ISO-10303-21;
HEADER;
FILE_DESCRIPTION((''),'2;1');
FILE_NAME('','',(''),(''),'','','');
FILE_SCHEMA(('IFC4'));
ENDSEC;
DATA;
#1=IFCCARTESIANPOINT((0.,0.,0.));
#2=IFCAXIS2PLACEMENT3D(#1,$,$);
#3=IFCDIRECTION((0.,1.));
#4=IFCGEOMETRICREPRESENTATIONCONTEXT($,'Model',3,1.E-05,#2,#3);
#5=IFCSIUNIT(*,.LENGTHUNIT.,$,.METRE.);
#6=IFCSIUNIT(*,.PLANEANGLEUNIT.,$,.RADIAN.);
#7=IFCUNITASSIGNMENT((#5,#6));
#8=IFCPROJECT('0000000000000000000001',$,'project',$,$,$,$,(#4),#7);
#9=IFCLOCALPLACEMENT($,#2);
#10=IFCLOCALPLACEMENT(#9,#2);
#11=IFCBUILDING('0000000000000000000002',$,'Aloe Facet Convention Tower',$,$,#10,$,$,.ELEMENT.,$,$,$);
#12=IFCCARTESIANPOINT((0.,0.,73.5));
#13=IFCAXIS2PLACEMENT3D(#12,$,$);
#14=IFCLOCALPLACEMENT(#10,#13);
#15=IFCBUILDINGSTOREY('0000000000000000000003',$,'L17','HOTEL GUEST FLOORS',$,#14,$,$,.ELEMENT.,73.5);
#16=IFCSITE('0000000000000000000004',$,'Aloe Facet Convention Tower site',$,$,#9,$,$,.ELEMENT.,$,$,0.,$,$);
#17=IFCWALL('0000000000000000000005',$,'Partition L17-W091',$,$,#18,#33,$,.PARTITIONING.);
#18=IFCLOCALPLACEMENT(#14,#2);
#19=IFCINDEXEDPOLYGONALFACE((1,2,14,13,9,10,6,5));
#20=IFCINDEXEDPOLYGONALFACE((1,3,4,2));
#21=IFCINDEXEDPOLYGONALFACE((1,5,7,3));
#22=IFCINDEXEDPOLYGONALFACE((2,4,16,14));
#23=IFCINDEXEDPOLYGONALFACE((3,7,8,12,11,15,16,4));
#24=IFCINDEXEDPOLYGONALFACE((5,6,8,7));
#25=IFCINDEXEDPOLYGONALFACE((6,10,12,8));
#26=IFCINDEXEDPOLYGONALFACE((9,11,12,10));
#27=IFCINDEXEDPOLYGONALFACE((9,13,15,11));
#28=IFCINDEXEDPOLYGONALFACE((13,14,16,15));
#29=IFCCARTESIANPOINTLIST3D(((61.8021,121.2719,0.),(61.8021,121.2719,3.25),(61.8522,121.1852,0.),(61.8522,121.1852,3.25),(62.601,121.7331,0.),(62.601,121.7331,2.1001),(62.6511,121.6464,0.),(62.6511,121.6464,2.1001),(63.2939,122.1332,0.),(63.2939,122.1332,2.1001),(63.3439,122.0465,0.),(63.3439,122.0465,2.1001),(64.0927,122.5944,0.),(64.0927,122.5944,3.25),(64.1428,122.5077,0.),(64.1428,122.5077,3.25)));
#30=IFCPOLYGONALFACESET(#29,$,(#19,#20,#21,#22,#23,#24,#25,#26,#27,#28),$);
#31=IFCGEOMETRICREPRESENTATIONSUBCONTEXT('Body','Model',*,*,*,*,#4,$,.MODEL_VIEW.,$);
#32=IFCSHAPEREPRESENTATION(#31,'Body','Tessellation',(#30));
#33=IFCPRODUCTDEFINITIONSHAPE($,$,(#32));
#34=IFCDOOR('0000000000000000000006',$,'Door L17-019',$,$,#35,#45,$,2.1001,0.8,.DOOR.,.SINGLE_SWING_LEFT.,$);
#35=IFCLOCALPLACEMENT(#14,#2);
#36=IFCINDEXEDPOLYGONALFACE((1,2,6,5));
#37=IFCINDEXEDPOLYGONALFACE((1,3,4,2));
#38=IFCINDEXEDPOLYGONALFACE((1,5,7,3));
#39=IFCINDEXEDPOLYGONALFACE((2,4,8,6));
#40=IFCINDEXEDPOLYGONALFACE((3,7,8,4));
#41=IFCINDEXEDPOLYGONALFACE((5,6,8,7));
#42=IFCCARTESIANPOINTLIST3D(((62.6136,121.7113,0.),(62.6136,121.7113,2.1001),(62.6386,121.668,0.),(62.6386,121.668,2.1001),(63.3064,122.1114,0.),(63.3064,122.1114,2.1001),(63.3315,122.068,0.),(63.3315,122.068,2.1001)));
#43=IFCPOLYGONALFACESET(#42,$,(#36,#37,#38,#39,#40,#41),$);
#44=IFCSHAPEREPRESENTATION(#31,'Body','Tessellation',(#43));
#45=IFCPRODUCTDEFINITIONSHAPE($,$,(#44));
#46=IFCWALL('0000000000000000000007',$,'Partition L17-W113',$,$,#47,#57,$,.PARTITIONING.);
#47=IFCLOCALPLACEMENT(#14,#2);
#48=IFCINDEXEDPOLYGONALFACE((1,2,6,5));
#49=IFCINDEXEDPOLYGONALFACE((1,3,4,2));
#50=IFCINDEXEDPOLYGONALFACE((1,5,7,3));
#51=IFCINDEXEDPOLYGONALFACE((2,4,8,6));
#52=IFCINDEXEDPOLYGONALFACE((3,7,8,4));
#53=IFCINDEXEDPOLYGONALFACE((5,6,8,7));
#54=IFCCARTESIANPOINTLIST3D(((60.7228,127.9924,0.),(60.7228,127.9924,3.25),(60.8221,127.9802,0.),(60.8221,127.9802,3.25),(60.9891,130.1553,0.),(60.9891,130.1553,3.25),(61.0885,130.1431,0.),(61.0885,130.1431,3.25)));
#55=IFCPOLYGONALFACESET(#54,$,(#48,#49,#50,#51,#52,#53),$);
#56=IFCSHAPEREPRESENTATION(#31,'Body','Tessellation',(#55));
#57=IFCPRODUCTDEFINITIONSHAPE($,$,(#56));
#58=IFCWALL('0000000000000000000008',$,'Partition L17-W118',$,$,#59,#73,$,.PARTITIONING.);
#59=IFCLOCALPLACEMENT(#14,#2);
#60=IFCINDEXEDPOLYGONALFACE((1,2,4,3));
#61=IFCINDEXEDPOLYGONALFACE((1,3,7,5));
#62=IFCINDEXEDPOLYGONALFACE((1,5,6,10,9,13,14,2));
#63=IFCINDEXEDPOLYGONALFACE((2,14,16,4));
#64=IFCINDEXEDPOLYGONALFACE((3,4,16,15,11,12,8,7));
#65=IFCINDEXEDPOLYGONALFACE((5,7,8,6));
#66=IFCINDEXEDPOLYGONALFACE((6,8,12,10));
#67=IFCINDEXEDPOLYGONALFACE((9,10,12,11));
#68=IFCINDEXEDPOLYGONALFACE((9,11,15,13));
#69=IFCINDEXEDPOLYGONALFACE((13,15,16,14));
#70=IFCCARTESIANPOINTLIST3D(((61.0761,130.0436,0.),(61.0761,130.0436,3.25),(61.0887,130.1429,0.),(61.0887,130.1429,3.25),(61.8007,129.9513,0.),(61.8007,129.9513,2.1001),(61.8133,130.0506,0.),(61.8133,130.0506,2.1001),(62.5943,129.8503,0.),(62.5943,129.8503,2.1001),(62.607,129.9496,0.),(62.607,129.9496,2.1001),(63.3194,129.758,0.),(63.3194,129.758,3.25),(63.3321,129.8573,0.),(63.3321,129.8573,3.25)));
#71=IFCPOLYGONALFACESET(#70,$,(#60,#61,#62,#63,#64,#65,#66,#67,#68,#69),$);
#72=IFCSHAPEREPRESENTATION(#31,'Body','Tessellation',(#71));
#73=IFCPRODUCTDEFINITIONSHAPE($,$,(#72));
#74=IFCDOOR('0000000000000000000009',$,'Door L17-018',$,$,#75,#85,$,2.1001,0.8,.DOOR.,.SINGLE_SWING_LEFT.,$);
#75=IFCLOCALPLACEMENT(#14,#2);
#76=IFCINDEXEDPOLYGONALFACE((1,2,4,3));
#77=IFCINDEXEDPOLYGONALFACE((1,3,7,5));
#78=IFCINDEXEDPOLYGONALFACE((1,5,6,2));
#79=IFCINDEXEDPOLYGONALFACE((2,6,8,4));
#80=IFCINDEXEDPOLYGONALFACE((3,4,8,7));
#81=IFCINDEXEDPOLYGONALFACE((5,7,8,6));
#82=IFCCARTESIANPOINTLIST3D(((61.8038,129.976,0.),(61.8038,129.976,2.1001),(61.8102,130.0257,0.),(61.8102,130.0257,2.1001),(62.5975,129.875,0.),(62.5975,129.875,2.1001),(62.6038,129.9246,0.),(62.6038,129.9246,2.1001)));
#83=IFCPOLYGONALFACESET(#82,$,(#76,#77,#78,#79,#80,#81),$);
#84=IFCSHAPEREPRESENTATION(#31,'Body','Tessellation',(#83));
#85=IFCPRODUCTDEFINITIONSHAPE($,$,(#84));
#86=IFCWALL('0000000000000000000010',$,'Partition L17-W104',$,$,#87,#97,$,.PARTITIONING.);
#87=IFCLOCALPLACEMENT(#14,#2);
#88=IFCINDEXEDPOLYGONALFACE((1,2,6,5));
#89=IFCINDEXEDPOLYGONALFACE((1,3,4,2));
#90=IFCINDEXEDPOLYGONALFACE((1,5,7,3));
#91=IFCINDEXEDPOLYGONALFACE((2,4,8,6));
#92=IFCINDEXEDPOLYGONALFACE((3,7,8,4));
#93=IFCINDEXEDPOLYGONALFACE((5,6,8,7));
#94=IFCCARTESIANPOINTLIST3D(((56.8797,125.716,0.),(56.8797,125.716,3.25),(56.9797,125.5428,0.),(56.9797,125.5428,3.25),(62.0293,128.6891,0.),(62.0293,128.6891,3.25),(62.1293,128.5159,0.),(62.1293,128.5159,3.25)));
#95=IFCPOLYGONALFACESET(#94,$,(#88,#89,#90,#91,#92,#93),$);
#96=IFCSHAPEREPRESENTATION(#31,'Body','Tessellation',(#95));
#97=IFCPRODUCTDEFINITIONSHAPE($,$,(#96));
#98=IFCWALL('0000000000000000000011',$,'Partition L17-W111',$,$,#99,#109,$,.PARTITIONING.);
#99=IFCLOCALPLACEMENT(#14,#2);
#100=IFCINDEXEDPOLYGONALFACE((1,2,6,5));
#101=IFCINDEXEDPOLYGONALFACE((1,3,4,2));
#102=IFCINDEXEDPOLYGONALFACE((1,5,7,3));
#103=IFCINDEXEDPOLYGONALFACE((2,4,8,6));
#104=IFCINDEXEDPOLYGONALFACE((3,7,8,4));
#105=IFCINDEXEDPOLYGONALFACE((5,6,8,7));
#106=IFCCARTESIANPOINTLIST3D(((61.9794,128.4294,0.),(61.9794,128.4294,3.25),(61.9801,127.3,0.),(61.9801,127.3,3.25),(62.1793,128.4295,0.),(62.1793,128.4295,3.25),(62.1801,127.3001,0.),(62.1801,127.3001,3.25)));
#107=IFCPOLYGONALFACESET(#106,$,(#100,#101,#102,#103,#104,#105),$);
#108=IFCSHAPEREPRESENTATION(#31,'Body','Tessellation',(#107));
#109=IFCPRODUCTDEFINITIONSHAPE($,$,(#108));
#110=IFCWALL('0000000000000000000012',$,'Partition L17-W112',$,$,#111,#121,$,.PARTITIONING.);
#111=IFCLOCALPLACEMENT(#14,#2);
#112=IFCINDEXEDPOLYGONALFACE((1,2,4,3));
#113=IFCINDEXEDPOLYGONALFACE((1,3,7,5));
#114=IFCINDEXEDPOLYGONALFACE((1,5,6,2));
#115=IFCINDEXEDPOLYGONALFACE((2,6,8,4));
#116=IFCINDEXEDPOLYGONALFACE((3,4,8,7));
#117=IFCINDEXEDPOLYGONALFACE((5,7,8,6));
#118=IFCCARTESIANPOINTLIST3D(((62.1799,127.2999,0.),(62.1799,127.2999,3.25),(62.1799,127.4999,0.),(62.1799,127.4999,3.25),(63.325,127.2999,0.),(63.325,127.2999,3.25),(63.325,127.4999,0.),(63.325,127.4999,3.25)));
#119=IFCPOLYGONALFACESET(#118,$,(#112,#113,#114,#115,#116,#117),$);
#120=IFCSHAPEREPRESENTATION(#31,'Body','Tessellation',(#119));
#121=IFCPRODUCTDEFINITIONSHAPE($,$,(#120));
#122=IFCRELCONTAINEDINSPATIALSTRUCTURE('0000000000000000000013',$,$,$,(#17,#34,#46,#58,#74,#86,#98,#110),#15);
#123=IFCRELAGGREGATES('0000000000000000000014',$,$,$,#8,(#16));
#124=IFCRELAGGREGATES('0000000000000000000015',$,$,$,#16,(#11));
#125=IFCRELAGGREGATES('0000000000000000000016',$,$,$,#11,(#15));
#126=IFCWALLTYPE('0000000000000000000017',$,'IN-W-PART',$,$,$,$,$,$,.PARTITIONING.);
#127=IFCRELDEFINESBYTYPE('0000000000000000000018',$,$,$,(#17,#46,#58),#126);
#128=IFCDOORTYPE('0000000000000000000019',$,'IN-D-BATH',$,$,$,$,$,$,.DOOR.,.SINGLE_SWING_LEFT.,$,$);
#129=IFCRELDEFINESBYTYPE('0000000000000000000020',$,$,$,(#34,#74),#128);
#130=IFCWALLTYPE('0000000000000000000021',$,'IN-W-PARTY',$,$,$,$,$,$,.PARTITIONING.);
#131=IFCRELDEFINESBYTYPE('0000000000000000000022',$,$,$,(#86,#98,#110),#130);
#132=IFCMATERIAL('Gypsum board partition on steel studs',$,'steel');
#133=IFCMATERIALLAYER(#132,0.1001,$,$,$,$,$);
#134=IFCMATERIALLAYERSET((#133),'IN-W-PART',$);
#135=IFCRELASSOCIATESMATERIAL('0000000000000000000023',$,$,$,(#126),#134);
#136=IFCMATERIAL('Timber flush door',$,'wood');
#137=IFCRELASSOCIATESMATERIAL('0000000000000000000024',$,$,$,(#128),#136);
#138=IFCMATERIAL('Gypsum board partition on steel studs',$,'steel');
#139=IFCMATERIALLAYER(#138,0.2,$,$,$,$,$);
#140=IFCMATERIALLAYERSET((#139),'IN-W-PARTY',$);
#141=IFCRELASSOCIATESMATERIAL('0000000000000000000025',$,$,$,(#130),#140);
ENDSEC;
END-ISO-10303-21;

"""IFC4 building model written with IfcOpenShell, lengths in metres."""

from ifc_helpers import new_model, si_unit, direction, frame, frame_2d, origin, place, context, subcontext, project, spatial, rectangle, extrude, material, layer, layer_set, type_object, element, fill, save


model = new_model("IFC4")

# Units and contexts
model_context = context("Model", 3, precision=1e-05, world=origin(), true_north=direction((0.0, 1.0)))
body_context = subcontext(model_context, "Body", "Model", "MODEL_VIEW")
ifc_project = project(units=[si_unit("LENGTHUNIT", "METRE"), si_unit("PLANEANGLEUNIT", "RADIAN")], contexts=[model_context])

# Site, building, storey
site_placement = place(None, origin())
site = spatial("IfcSite", under=ifc_project, at=site_placement, Name="Aloe Facet Convention Tower site", CompositionType="ELEMENT", RefElevation=0.0)
building_placement = place(site_placement, origin())
building = spatial("IfcBuilding", under=site, at=building_placement, Name="Aloe Facet Convention Tower", CompositionType="ELEMENT")
storey_placement = place(building_placement, frame((0.0, 0.0, 73.5)))
storey = spatial("IfcBuildingStorey", under=building, at=storey_placement, Name="L17", Description="HOTEL GUEST FLOORS", CompositionType="ELEMENT", Elevation=73.5)

# Shared definitions
ifc_material_1 = material(Name="Gypsum board partition on steel studs", Category="steel")
ifc_layer_1 = layer(ifc_material_1, 0.1001)
ifc_layer_set_1 = layer_set([ifc_layer_1], Name="IN-W-PART")
wall_type_1 = type_object("IfcWallType", Name="IN-W-PART", PredefinedType="PARTITIONING", material=ifc_layer_set_1)

# Wall, opening, door
wall_1_placement = place(storey_placement, frame((61.8271, 121.2285, 0.0), z_axis=(0.0, 0.0, 1.0), x_axis=(0.866013, 0.500021, 0.0)))
wall_1 = element("IfcWall", 1, at=wall_1_placement, inside=storey, type_object=wall_type_1, Name="Partition L17-W091", PredefinedType="PARTITIONING", context=body_context, shape_type="SweptSolid", body=[
    extrude(rectangle(XDim=2.645, YDim=0.1001, at=frame_2d((1.3225, 0.0))), origin(), (0.0, 0.0, 1.0), 3.25),
])
opening_1_placement = place(wall_1_placement, frame((0.9226, 0.0, 0.0)))
opening_1 = element("IfcOpeningElement", 2, at=opening_1_placement, cuts=wall_1, PredefinedType="OPENING", context=body_context, shape_type="SweptSolid", body=[
    extrude(rectangle(XDim=0.8, YDim=2.1001, at=frame_2d((0.3999, 1.05))), frame((0.0, 0.0601, 0.0), z_axis=(0.0, -1.0, 0.0), x_axis=(1.0, 0.0, 0.0)), (0.0, 0.0, 1.0), 0.1201),
])
ifc_material_2 = material(Name="Timber flush door", Category="wood")
door_type_1 = type_object("IfcDoorType", Name="IN-D-BATH", OperationType="SINGLE_SWING_LEFT", PredefinedType="DOOR", material=ifc_material_2)
door_1_placement = place(opening_1_placement, origin())
door_1 = element("IfcDoor", 3, at=door_1_placement, inside=storey, type_object=door_type_1, Name="Door L17-019", OperationType="SINGLE_SWING_LEFT", OverallHeight=2.1001, OverallWidth=0.8, PredefinedType="DOOR", context=body_context, shape_type="SweptSolid", body=[
    extrude(rectangle(XDim=0.8, YDim=2.1001, at=frame_2d((0.3999, 1.05))), frame((0.0, 0.0249, 0.0), z_axis=(0.0, -1.0, 0.0), x_axis=(1.0, 0.0, 0.0)), (0.0, 0.0, 1.0), 0.05),
])
fill(opening_1, door_1)

# Wall
wall_2_placement = place(storey_placement, frame((60.7725, 127.9863, 0.0), z_axis=(0.0, 0.0, 1.0), x_axis=(0.122228, 0.992502, 0.0)))
element("IfcWall", 4, at=wall_2_placement, inside=storey, type_object=wall_type_1, Name="Partition L17-W113", PredefinedType="PARTITIONING", context=body_context, shape_type="SweptSolid", body=[
    extrude(rectangle(XDim=2.1792, YDim=0.1001, at=frame_2d((1.0896, 0.0))), origin(), (0.0, 0.0, 1.0), 3.25),
])

# Wall, opening, door
wall_3_placement = place(storey_placement, frame((61.0823, 130.0933, 0.0), z_axis=(0.0, 0.0, 1.0), x_axis=(0.991991, -0.126306, 0.0)))
wall_3 = element("IfcWall", 5, at=wall_3_placement, inside=storey, type_object=wall_type_1, Name="Partition L17-W118", PredefinedType="PARTITIONING", context=body_context, shape_type="SweptSolid", body=[
    extrude(rectangle(XDim=2.2615, YDim=0.1001, at=frame_2d((1.1309, 0.0))), origin(), (0.0, 0.0, 1.0), 3.25),
])
opening_2_placement = place(wall_3_placement, frame((0.7307, 0.0, 0.0)))
opening_2 = element("IfcOpeningElement", 6, at=opening_2_placement, cuts=wall_3, PredefinedType="OPENING", context=body_context, shape_type="SweptSolid", body=[
    extrude(rectangle(XDim=0.8, YDim=2.1001, at=frame_2d((0.3999, 1.05))), frame((0.0, 0.0601, 0.0), z_axis=(0.0, -1.0, 0.0), x_axis=(1.0, 0.0, 0.0)), (0.0, 0.0, 1.0), 0.1201),
])
door_2_placement = place(opening_2_placement, origin())
door_2 = element("IfcDoor", 7, at=door_2_placement, inside=storey, type_object=door_type_1, Name="Door L17-018", OperationType="SINGLE_SWING_LEFT", OverallHeight=2.1001, OverallWidth=0.8, PredefinedType="DOOR", context=body_context, shape_type="SweptSolid", body=[
    extrude(rectangle(XDim=0.8, YDim=2.1001, at=frame_2d((0.3999, 1.05))), frame((0.0, 0.0249, 0.0), z_axis=(0.0, -1.0, 0.0), x_axis=(1.0, 0.0, 0.0)), (0.0, 0.0, 1.0), 0.05),
])
fill(opening_2, door_2)

# Walls
ifc_material_3 = material(Name="Gypsum board partition on steel studs", Category="steel")
ifc_layer_2 = layer(ifc_material_3, 0.2)
ifc_layer_set_2 = layer_set([ifc_layer_2], Name="IN-W-PARTY")
wall_type_2 = type_object("IfcWallType", Name="IN-W-PARTY", PredefinedType="PARTITIONING", material=ifc_layer_set_2)
wall_4_placement = place(storey_placement, frame((56.9297, 125.6294, 0.0), z_axis=(0.0, 0.0, 1.0), x_axis=(0.866026, 0.499998, 0.0)))
element("IfcWall", 8, at=wall_4_placement, inside=storey, type_object=wall_type_2, Name="Partition L17-W104", PredefinedType="PARTITIONING", context=body_context, shape_type="SweptSolid", body=[
    extrude(rectangle(XDim=5.9463, YDim=0.2, at=frame_2d((2.9731, 0.0))), origin(), (0.0, 0.0, 1.0), 3.25),
])
wall_5_placement = place(storey_placement, frame((62.0801, 127.3, 0.0), z_axis=(0.0, 0.0, 1.0), x_axis=(-0.000649, 1.0, 0.0)))
element("IfcWall", 9, at=wall_5_placement, inside=storey, type_object=wall_type_2, Name="Partition L17-W111", PredefinedType="PARTITIONING", context=body_context, shape_type="SweptSolid", body=[
    extrude(rectangle(XDim=1.1294, YDim=0.2, at=frame_2d((0.5647, 0.0))), origin(), (0.0, 0.0, 1.0), 3.25),
])
wall_6_placement = place(storey_placement, frame((62.1799, 127.3999, 0.0), z_axis=(0.0, 0.0, 1.0), x_axis=(1.0, 0.0, 0.0)))
element("IfcWall", 10, at=wall_6_placement, inside=storey, type_object=wall_type_2, Name="Partition L17-W112", PredefinedType="PARTITIONING", context=body_context, shape_type="SweptSolid", body=[
    extrude(rectangle(XDim=1.145, YDim=0.2, at=frame_2d((0.5725, 0.0))), origin(), (0.0, 0.0, 1.0), 3.25),
])

save(model, "model.ifc")
